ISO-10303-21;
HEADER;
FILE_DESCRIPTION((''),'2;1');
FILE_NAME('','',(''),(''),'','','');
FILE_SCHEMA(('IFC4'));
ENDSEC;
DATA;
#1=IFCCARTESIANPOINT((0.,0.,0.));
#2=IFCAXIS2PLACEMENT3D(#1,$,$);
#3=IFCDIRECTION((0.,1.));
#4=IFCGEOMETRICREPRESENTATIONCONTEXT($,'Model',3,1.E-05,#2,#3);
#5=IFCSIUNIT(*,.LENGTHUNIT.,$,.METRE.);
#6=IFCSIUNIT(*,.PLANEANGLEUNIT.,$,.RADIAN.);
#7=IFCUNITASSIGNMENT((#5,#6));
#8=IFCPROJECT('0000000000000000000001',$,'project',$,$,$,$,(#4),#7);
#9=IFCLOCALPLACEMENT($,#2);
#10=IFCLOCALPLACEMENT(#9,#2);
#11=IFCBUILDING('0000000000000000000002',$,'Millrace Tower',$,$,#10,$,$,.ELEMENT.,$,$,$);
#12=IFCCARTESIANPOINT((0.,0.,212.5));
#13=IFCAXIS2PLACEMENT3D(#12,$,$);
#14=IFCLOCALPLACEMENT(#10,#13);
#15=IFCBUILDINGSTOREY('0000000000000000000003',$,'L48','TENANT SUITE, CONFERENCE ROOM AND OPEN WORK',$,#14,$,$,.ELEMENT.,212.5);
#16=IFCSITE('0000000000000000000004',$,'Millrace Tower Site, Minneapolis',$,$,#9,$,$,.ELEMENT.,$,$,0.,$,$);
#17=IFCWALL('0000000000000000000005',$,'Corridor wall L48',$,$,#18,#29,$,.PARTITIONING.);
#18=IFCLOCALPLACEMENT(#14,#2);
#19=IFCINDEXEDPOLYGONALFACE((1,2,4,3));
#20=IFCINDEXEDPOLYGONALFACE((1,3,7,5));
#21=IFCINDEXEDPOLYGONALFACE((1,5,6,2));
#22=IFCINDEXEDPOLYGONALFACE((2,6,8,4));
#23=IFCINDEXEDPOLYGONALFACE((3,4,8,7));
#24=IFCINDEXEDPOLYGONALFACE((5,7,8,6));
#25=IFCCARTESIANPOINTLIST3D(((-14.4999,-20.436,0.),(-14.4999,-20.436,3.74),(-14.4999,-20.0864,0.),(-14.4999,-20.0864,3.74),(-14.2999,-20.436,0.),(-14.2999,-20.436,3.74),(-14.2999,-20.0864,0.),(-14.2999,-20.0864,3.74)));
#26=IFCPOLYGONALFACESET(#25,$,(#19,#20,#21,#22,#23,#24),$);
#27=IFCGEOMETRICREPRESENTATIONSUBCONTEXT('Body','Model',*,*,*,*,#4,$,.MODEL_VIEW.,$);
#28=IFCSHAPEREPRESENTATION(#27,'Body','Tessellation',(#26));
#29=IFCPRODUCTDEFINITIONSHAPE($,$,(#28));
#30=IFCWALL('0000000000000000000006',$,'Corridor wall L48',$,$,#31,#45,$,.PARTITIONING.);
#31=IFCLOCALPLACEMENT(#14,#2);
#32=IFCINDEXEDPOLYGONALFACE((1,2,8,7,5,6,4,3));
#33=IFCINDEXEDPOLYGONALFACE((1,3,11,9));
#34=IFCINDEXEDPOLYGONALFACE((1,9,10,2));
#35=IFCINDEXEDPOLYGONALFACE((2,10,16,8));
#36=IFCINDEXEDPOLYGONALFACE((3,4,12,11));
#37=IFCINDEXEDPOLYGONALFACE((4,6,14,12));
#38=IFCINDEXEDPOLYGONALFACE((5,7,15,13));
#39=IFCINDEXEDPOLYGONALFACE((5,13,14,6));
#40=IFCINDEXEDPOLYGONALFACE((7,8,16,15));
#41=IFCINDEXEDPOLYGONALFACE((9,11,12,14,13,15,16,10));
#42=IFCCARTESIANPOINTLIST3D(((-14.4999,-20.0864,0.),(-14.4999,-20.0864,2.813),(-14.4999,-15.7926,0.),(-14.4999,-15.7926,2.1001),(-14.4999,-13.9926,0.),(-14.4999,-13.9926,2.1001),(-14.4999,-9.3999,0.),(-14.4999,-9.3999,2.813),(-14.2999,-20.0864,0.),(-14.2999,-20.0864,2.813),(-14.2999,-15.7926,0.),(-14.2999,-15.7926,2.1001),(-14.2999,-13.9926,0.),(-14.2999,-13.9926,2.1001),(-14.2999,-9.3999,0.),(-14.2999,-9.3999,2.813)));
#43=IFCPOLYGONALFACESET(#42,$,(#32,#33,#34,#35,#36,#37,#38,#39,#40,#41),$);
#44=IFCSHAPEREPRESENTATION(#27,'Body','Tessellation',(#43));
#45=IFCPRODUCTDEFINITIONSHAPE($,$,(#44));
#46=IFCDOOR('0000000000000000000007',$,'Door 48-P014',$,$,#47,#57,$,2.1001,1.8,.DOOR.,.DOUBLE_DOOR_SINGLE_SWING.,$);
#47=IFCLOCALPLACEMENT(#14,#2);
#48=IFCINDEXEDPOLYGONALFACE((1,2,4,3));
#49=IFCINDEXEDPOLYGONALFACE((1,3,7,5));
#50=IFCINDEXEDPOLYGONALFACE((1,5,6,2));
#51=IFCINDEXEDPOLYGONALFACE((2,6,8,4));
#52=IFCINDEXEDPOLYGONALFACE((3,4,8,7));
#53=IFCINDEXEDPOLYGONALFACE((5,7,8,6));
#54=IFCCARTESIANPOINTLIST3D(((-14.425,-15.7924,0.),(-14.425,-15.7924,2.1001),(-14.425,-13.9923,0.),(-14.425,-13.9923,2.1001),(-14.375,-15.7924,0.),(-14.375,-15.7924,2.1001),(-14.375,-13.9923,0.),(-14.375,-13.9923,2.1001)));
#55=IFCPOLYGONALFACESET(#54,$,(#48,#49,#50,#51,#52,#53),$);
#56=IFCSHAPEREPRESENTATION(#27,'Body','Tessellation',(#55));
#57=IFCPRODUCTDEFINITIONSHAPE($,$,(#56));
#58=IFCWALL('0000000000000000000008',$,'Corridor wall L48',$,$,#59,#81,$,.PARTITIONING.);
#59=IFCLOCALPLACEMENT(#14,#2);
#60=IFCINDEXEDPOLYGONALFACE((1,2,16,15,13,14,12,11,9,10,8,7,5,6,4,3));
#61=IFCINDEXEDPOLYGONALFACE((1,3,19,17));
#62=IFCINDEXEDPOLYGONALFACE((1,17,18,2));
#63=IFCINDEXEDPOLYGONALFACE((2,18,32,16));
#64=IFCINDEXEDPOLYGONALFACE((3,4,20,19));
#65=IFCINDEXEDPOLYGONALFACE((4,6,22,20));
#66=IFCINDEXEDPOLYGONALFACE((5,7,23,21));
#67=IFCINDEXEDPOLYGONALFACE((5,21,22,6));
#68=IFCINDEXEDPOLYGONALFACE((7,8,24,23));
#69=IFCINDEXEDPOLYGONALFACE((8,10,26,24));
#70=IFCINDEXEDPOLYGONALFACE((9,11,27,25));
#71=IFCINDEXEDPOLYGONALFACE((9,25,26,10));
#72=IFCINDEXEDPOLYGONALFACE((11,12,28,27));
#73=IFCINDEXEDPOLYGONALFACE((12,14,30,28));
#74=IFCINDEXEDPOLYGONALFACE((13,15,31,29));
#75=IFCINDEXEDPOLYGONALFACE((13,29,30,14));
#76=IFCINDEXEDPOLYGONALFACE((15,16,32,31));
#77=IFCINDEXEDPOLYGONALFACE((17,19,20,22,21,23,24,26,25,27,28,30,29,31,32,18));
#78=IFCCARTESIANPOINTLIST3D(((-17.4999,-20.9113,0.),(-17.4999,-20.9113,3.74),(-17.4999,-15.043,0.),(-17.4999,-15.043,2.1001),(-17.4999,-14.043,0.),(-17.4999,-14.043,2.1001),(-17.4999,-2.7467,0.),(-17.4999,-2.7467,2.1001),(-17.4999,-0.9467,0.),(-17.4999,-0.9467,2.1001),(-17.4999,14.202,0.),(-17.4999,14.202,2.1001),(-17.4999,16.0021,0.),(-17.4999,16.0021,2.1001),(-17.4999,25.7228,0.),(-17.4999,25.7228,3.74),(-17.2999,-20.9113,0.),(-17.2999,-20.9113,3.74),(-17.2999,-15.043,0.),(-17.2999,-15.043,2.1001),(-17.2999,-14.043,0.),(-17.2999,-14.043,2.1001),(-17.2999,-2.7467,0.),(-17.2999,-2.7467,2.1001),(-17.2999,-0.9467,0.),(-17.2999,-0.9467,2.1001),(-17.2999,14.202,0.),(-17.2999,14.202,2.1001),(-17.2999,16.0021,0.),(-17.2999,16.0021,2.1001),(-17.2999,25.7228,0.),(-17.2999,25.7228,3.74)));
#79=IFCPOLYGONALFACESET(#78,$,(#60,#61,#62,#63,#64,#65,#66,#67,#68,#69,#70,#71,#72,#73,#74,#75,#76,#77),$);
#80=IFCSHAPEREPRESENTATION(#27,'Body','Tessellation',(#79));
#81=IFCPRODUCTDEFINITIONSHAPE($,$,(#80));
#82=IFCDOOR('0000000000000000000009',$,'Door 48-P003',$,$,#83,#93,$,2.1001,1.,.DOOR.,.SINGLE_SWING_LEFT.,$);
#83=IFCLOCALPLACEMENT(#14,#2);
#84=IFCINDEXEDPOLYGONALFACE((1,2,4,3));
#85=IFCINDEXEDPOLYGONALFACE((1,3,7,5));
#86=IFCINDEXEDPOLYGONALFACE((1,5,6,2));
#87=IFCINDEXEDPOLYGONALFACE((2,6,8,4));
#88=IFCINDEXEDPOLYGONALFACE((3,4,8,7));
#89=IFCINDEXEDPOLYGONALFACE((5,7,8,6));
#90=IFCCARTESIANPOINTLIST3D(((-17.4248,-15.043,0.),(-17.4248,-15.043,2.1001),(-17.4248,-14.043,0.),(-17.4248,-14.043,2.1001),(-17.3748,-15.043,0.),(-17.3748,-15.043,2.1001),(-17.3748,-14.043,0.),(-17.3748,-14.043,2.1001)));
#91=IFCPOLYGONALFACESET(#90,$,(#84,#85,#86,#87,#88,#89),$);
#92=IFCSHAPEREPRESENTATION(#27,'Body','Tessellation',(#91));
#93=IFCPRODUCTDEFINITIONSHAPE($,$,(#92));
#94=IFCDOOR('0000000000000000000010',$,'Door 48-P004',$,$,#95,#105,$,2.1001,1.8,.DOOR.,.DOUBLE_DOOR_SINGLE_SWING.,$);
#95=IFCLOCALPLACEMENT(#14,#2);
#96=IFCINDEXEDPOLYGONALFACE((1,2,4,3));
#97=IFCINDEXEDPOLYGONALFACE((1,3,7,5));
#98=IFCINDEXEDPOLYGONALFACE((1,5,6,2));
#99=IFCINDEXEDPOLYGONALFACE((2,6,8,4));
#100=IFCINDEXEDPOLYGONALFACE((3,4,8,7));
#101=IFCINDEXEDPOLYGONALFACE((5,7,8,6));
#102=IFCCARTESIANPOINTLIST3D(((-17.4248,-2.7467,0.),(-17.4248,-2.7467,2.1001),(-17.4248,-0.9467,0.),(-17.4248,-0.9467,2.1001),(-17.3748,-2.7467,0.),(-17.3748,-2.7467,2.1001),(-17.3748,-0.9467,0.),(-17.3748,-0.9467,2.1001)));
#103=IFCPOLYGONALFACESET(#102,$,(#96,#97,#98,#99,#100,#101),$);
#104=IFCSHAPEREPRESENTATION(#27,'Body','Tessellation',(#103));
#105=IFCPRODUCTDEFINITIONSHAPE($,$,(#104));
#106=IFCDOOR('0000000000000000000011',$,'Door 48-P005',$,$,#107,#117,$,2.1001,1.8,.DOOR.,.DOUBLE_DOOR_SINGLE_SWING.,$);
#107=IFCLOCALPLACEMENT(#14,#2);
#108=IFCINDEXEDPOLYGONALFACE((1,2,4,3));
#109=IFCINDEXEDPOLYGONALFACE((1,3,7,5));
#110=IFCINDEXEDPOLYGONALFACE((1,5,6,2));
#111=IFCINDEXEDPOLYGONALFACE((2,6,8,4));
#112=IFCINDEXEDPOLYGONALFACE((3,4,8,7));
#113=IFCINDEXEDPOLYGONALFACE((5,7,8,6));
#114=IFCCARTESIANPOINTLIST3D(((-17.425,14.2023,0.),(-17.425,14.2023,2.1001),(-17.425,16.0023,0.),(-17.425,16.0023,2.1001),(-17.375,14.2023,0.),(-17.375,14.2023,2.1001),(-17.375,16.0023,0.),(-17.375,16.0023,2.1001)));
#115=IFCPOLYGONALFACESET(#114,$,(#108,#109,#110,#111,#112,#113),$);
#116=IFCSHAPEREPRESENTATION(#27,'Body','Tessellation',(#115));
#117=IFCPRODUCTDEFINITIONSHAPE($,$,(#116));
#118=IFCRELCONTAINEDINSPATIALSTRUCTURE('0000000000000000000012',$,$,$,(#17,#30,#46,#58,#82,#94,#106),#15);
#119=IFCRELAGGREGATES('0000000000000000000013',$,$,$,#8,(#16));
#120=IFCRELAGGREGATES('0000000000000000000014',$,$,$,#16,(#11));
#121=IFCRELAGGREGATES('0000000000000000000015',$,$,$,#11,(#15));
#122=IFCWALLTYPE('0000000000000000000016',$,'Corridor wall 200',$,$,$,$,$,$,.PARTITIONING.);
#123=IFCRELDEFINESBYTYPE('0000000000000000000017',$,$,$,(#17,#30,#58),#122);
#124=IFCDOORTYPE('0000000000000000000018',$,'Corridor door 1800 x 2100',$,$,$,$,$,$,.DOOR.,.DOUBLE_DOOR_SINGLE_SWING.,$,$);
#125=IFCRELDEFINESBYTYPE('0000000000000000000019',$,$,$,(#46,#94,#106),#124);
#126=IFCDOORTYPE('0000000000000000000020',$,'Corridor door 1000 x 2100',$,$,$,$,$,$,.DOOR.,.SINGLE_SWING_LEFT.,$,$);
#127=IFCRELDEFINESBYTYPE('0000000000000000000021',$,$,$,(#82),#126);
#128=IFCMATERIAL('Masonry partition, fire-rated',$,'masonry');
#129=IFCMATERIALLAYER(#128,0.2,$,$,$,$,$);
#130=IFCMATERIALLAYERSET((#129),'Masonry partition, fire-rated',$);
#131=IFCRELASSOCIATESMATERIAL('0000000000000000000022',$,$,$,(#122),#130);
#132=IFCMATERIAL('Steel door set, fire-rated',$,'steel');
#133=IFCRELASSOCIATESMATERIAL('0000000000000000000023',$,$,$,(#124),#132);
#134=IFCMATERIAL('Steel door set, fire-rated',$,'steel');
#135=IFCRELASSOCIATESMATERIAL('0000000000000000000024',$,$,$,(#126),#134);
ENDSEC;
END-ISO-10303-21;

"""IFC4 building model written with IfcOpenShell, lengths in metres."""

from ifc_helpers import new_model, si_unit, direction, frame, frame_2d, origin, place, context, subcontext, project, spatial, rectangle, extrude, material, layer, layer_set, type_object, element, fill, save


model = new_model("IFC4")

# Units and contexts
model_context = context("Model", 3, precision=1e-05, world=origin(), true_north=direction((0.0, 1.0)))
body_context = subcontext(model_context, "Body", "Model", "MODEL_VIEW")
ifc_project = project(units=[si_unit("LENGTHUNIT", "METRE"), si_unit("PLANEANGLEUNIT", "RADIAN")], contexts=[model_context])

# Site, building, storey
site_placement = place(None, origin())
site = spatial("IfcSite", under=ifc_project, at=site_placement, Name="Millrace Tower Site, Minneapolis", CompositionType="ELEMENT", RefElevation=0.0)
building_placement = place(site_placement, origin())
building = spatial("IfcBuilding", under=site, at=building_placement, Name="Millrace Tower", CompositionType="ELEMENT")
storey_placement = place(building_placement, frame((0.0, 0.0, 212.5)))
storey = spatial("IfcBuildingStorey", under=building, at=storey_placement, Name="L48", Description="TENANT SUITE, CONFERENCE ROOM AND OPEN WORK", CompositionType="ELEMENT", Elevation=212.5)

# Wall
ifc_material_1 = material(Name="Masonry partition, fire-rated", Category="masonry")
ifc_layer_1 = layer(ifc_material_1, 0.2)
ifc_layer_set_1 = layer_set([ifc_layer_1], Name="Masonry partition, fire-rated")
wall_type = type_object("IfcWallType", Name="Corridor wall 200", PredefinedType="PARTITIONING", material=ifc_layer_set_1)
wall_1_placement = place(storey_placement, frame((-14.3999, -20.436, 0.0), z_axis=(0.0, 0.0, 1.0), x_axis=(0.0, 1.0, 0.0)))
element("IfcWall", 1, at=wall_1_placement, inside=storey, type_object=wall_type, Name="Corridor wall L48", PredefinedType="PARTITIONING", context=body_context, shape_type="SweptSolid", body=[
    extrude(rectangle(XDim=0.3496, YDim=0.2, at=frame_2d((0.1748, 0.0))), origin(), (0.0, 0.0, 1.0), 3.74),
])

# Wall, opening, door
wall_2_placement = place(storey_placement, frame((-14.3999, -20.0864, 0.0), z_axis=(0.0, 0.0, 1.0), x_axis=(0.0, 1.0, 0.0)))
wall_2 = element("IfcWall", 2, at=wall_2_placement, inside=storey, type_object=wall_type, Name="Corridor wall L48", PredefinedType="PARTITIONING", context=body_context, shape_type="SweptSolid", body=[
    extrude(rectangle(XDim=10.6865, YDim=0.2, at=frame_2d((5.3433, 0.0))), origin(), (0.0, 0.0, 1.0), 2.813),
])
opening_1_placement = place(wall_2_placement, frame((4.2939, 0.0, 0.0)))
opening_1 = element("IfcOpeningElement", 3, at=opening_1_placement, cuts=wall_2, PredefinedType="OPENING", context=body_context, shape_type="SweptSolid", body=[
    extrude(rectangle(XDim=1.8, YDim=2.1001, at=frame_2d((0.8999, 1.05))), frame((0.0, 0.1099, 0.0), z_axis=(0.0, -1.0, 0.0), x_axis=(1.0, 0.0, 0.0)), (0.0, 0.0, 1.0), 0.22),
])
ifc_material_2 = material(Name="Steel door set, fire-rated", Category="steel")
door_type_1 = type_object("IfcDoorType", Name="Corridor door 1800 x 2100", OperationType="DOUBLE_DOOR_SINGLE_SWING", PredefinedType="DOOR", material=ifc_material_2)
door_1_placement = place(opening_1_placement, frame((1.8, 0.0, 0.0), z_axis=(0.0, 0.0, 1.0), x_axis=(-1.0, 0.0, 0.0)))
door_1 = element("IfcDoor", 4, at=door_1_placement, inside=storey, type_object=door_type_1, Name="Door 48-P014", OperationType="DOUBLE_DOOR_SINGLE_SWING", OverallHeight=2.1001, OverallWidth=1.8, PredefinedType="DOOR", context=body_context, shape_type="SweptSolid", body=[
    extrude(rectangle(XDim=1.8, YDim=2.1001, at=frame_2d((0.8999, 1.05))), frame((0.0, 0.0249, 0.0), z_axis=(0.0, -1.0, 0.0), x_axis=(1.0, 0.0, 0.0)), (0.0, 0.0, 1.0), 0.05),
])
fill(opening_1, door_1)

# Wall, openings, doors
wall_3_placement = place(storey_placement, frame((-17.3999, -20.9111, 0.0), z_axis=(0.0, 0.0, 1.0), x_axis=(0.0, 1.0, 0.0)))
wall_3 = element("IfcWall", 5, at=wall_3_placement, inside=storey, type_object=wall_type, Name="Corridor wall L48", PredefinedType="PARTITIONING", context=body_context, shape_type="SweptSolid", body=[
    extrude(rectangle(XDim=46.634, YDim=0.2, at=frame_2d((23.3169, 0.0))), origin(), (0.0, 0.0, 1.0), 3.74),
])
opening_2_placement = place(wall_3_placement, frame((5.8682, 0.0, 0.0)))
opening_2 = element("IfcOpeningElement", 6, at=opening_2_placement, cuts=wall_3, PredefinedType="OPENING", context=body_context, shape_type="SweptSolid", body=[
    extrude(rectangle(XDim=1.0, YDim=2.1001, at=frame_2d((0.5, 1.05))), frame((0.0, 0.1099, 0.0), z_axis=(0.0, -1.0, 0.0), x_axis=(1.0, 0.0, 0.0)), (0.0, 0.0, 1.0), 0.22),
])
opening_3_placement = place(wall_3_placement, frame((18.1646, 0.0, 0.0)))
opening_3 = element("IfcOpeningElement", 7, at=opening_3_placement, cuts=wall_3, PredefinedType="OPENING", context=body_context, shape_type="SweptSolid", body=[
    extrude(rectangle(XDim=1.8, YDim=2.1001, at=frame_2d((0.8999, 1.05))), frame((0.0, 0.1099, 0.0), z_axis=(0.0, -1.0, 0.0), x_axis=(1.0, 0.0, 0.0)), (0.0, 0.0, 1.0), 0.22),
])
opening_4_placement = place(wall_3_placement, frame((35.1133, 0.0, 0.0)))
opening_4 = element("IfcOpeningElement", 8, at=opening_4_placement, cuts=wall_3, PredefinedType="OPENING", context=body_context, shape_type="SweptSolid", body=[
    extrude(rectangle(XDim=1.8, YDim=2.1001, at=frame_2d((0.8999, 1.05))), frame((0.0, 0.1099, 0.0), z_axis=(0.0, -1.0, 0.0), x_axis=(1.0, 0.0, 0.0)), (0.0, 0.0, 1.0), 0.22),
])
ifc_material_3 = material(Name="Steel door set, fire-rated", Category="steel")
door_type_2 = type_object("IfcDoorType", Name="Corridor door 1000 x 2100", OperationType="SINGLE_SWING_LEFT", PredefinedType="DOOR", material=ifc_material_3)
door_2_placement = place(opening_2_placement, origin())
door_2 = element("IfcDoor", 9, at=door_2_placement, inside=storey, type_object=door_type_2, Name="Door 48-P003", OperationType="SINGLE_SWING_LEFT", OverallHeight=2.1001, OverallWidth=1.0, PredefinedType="DOOR", context=body_context, shape_type="SweptSolid", body=[
    extrude(rectangle(XDim=1.0, YDim=2.1001, at=frame_2d((0.5, 1.05))), frame((0.0, 0.0249, 0.0), z_axis=(0.0, -1.0, 0.0), x_axis=(1.0, 0.0, 0.0)), (0.0, 0.0, 1.0), 0.05),
])
fill(opening_2, door_2)
door_3_placement = place(opening_3_placement, origin())
door_3 = element("IfcDoor", 10, at=door_3_placement, inside=storey, type_object=door_type_1, Name="Door 48-P004", OperationType="DOUBLE_DOOR_SINGLE_SWING", OverallHeight=2.1001, OverallWidth=1.8, PredefinedType="DOOR", context=body_context, shape_type="SweptSolid", body=[
    extrude(rectangle(XDim=1.8, YDim=2.1001, at=frame_2d((0.8999, 1.05))), frame((0.0, 0.0249, 0.0), z_axis=(0.0, -1.0, 0.0), x_axis=(1.0, 0.0, 0.0)), (0.0, 0.0, 1.0), 0.05),
])
fill(opening_3, door_3)
door_4_placement = place(opening_4_placement, frame((1.8, 0.0, 0.0), z_axis=(0.0, 0.0, 1.0), x_axis=(-1.0, 0.0, 0.0)))
door_4 = element("IfcDoor", 11, at=door_4_placement, inside=storey, type_object=door_type_1, Name="Door 48-P005", OperationType="DOUBLE_DOOR_SINGLE_SWING", OverallHeight=2.1001, OverallWidth=1.8, PredefinedType="DOOR", context=body_context, shape_type="SweptSolid", body=[
    extrude(rectangle(XDim=1.8, YDim=2.1001, at=frame_2d((0.8999, 1.05))), frame((0.0, 0.0249, 0.0), z_axis=(0.0, -1.0, 0.0), x_axis=(1.0, 0.0, 0.0)), (0.0, 0.0, 1.0), 0.05),
])
fill(opening_4, door_4)

save(model, "model.ifc")
